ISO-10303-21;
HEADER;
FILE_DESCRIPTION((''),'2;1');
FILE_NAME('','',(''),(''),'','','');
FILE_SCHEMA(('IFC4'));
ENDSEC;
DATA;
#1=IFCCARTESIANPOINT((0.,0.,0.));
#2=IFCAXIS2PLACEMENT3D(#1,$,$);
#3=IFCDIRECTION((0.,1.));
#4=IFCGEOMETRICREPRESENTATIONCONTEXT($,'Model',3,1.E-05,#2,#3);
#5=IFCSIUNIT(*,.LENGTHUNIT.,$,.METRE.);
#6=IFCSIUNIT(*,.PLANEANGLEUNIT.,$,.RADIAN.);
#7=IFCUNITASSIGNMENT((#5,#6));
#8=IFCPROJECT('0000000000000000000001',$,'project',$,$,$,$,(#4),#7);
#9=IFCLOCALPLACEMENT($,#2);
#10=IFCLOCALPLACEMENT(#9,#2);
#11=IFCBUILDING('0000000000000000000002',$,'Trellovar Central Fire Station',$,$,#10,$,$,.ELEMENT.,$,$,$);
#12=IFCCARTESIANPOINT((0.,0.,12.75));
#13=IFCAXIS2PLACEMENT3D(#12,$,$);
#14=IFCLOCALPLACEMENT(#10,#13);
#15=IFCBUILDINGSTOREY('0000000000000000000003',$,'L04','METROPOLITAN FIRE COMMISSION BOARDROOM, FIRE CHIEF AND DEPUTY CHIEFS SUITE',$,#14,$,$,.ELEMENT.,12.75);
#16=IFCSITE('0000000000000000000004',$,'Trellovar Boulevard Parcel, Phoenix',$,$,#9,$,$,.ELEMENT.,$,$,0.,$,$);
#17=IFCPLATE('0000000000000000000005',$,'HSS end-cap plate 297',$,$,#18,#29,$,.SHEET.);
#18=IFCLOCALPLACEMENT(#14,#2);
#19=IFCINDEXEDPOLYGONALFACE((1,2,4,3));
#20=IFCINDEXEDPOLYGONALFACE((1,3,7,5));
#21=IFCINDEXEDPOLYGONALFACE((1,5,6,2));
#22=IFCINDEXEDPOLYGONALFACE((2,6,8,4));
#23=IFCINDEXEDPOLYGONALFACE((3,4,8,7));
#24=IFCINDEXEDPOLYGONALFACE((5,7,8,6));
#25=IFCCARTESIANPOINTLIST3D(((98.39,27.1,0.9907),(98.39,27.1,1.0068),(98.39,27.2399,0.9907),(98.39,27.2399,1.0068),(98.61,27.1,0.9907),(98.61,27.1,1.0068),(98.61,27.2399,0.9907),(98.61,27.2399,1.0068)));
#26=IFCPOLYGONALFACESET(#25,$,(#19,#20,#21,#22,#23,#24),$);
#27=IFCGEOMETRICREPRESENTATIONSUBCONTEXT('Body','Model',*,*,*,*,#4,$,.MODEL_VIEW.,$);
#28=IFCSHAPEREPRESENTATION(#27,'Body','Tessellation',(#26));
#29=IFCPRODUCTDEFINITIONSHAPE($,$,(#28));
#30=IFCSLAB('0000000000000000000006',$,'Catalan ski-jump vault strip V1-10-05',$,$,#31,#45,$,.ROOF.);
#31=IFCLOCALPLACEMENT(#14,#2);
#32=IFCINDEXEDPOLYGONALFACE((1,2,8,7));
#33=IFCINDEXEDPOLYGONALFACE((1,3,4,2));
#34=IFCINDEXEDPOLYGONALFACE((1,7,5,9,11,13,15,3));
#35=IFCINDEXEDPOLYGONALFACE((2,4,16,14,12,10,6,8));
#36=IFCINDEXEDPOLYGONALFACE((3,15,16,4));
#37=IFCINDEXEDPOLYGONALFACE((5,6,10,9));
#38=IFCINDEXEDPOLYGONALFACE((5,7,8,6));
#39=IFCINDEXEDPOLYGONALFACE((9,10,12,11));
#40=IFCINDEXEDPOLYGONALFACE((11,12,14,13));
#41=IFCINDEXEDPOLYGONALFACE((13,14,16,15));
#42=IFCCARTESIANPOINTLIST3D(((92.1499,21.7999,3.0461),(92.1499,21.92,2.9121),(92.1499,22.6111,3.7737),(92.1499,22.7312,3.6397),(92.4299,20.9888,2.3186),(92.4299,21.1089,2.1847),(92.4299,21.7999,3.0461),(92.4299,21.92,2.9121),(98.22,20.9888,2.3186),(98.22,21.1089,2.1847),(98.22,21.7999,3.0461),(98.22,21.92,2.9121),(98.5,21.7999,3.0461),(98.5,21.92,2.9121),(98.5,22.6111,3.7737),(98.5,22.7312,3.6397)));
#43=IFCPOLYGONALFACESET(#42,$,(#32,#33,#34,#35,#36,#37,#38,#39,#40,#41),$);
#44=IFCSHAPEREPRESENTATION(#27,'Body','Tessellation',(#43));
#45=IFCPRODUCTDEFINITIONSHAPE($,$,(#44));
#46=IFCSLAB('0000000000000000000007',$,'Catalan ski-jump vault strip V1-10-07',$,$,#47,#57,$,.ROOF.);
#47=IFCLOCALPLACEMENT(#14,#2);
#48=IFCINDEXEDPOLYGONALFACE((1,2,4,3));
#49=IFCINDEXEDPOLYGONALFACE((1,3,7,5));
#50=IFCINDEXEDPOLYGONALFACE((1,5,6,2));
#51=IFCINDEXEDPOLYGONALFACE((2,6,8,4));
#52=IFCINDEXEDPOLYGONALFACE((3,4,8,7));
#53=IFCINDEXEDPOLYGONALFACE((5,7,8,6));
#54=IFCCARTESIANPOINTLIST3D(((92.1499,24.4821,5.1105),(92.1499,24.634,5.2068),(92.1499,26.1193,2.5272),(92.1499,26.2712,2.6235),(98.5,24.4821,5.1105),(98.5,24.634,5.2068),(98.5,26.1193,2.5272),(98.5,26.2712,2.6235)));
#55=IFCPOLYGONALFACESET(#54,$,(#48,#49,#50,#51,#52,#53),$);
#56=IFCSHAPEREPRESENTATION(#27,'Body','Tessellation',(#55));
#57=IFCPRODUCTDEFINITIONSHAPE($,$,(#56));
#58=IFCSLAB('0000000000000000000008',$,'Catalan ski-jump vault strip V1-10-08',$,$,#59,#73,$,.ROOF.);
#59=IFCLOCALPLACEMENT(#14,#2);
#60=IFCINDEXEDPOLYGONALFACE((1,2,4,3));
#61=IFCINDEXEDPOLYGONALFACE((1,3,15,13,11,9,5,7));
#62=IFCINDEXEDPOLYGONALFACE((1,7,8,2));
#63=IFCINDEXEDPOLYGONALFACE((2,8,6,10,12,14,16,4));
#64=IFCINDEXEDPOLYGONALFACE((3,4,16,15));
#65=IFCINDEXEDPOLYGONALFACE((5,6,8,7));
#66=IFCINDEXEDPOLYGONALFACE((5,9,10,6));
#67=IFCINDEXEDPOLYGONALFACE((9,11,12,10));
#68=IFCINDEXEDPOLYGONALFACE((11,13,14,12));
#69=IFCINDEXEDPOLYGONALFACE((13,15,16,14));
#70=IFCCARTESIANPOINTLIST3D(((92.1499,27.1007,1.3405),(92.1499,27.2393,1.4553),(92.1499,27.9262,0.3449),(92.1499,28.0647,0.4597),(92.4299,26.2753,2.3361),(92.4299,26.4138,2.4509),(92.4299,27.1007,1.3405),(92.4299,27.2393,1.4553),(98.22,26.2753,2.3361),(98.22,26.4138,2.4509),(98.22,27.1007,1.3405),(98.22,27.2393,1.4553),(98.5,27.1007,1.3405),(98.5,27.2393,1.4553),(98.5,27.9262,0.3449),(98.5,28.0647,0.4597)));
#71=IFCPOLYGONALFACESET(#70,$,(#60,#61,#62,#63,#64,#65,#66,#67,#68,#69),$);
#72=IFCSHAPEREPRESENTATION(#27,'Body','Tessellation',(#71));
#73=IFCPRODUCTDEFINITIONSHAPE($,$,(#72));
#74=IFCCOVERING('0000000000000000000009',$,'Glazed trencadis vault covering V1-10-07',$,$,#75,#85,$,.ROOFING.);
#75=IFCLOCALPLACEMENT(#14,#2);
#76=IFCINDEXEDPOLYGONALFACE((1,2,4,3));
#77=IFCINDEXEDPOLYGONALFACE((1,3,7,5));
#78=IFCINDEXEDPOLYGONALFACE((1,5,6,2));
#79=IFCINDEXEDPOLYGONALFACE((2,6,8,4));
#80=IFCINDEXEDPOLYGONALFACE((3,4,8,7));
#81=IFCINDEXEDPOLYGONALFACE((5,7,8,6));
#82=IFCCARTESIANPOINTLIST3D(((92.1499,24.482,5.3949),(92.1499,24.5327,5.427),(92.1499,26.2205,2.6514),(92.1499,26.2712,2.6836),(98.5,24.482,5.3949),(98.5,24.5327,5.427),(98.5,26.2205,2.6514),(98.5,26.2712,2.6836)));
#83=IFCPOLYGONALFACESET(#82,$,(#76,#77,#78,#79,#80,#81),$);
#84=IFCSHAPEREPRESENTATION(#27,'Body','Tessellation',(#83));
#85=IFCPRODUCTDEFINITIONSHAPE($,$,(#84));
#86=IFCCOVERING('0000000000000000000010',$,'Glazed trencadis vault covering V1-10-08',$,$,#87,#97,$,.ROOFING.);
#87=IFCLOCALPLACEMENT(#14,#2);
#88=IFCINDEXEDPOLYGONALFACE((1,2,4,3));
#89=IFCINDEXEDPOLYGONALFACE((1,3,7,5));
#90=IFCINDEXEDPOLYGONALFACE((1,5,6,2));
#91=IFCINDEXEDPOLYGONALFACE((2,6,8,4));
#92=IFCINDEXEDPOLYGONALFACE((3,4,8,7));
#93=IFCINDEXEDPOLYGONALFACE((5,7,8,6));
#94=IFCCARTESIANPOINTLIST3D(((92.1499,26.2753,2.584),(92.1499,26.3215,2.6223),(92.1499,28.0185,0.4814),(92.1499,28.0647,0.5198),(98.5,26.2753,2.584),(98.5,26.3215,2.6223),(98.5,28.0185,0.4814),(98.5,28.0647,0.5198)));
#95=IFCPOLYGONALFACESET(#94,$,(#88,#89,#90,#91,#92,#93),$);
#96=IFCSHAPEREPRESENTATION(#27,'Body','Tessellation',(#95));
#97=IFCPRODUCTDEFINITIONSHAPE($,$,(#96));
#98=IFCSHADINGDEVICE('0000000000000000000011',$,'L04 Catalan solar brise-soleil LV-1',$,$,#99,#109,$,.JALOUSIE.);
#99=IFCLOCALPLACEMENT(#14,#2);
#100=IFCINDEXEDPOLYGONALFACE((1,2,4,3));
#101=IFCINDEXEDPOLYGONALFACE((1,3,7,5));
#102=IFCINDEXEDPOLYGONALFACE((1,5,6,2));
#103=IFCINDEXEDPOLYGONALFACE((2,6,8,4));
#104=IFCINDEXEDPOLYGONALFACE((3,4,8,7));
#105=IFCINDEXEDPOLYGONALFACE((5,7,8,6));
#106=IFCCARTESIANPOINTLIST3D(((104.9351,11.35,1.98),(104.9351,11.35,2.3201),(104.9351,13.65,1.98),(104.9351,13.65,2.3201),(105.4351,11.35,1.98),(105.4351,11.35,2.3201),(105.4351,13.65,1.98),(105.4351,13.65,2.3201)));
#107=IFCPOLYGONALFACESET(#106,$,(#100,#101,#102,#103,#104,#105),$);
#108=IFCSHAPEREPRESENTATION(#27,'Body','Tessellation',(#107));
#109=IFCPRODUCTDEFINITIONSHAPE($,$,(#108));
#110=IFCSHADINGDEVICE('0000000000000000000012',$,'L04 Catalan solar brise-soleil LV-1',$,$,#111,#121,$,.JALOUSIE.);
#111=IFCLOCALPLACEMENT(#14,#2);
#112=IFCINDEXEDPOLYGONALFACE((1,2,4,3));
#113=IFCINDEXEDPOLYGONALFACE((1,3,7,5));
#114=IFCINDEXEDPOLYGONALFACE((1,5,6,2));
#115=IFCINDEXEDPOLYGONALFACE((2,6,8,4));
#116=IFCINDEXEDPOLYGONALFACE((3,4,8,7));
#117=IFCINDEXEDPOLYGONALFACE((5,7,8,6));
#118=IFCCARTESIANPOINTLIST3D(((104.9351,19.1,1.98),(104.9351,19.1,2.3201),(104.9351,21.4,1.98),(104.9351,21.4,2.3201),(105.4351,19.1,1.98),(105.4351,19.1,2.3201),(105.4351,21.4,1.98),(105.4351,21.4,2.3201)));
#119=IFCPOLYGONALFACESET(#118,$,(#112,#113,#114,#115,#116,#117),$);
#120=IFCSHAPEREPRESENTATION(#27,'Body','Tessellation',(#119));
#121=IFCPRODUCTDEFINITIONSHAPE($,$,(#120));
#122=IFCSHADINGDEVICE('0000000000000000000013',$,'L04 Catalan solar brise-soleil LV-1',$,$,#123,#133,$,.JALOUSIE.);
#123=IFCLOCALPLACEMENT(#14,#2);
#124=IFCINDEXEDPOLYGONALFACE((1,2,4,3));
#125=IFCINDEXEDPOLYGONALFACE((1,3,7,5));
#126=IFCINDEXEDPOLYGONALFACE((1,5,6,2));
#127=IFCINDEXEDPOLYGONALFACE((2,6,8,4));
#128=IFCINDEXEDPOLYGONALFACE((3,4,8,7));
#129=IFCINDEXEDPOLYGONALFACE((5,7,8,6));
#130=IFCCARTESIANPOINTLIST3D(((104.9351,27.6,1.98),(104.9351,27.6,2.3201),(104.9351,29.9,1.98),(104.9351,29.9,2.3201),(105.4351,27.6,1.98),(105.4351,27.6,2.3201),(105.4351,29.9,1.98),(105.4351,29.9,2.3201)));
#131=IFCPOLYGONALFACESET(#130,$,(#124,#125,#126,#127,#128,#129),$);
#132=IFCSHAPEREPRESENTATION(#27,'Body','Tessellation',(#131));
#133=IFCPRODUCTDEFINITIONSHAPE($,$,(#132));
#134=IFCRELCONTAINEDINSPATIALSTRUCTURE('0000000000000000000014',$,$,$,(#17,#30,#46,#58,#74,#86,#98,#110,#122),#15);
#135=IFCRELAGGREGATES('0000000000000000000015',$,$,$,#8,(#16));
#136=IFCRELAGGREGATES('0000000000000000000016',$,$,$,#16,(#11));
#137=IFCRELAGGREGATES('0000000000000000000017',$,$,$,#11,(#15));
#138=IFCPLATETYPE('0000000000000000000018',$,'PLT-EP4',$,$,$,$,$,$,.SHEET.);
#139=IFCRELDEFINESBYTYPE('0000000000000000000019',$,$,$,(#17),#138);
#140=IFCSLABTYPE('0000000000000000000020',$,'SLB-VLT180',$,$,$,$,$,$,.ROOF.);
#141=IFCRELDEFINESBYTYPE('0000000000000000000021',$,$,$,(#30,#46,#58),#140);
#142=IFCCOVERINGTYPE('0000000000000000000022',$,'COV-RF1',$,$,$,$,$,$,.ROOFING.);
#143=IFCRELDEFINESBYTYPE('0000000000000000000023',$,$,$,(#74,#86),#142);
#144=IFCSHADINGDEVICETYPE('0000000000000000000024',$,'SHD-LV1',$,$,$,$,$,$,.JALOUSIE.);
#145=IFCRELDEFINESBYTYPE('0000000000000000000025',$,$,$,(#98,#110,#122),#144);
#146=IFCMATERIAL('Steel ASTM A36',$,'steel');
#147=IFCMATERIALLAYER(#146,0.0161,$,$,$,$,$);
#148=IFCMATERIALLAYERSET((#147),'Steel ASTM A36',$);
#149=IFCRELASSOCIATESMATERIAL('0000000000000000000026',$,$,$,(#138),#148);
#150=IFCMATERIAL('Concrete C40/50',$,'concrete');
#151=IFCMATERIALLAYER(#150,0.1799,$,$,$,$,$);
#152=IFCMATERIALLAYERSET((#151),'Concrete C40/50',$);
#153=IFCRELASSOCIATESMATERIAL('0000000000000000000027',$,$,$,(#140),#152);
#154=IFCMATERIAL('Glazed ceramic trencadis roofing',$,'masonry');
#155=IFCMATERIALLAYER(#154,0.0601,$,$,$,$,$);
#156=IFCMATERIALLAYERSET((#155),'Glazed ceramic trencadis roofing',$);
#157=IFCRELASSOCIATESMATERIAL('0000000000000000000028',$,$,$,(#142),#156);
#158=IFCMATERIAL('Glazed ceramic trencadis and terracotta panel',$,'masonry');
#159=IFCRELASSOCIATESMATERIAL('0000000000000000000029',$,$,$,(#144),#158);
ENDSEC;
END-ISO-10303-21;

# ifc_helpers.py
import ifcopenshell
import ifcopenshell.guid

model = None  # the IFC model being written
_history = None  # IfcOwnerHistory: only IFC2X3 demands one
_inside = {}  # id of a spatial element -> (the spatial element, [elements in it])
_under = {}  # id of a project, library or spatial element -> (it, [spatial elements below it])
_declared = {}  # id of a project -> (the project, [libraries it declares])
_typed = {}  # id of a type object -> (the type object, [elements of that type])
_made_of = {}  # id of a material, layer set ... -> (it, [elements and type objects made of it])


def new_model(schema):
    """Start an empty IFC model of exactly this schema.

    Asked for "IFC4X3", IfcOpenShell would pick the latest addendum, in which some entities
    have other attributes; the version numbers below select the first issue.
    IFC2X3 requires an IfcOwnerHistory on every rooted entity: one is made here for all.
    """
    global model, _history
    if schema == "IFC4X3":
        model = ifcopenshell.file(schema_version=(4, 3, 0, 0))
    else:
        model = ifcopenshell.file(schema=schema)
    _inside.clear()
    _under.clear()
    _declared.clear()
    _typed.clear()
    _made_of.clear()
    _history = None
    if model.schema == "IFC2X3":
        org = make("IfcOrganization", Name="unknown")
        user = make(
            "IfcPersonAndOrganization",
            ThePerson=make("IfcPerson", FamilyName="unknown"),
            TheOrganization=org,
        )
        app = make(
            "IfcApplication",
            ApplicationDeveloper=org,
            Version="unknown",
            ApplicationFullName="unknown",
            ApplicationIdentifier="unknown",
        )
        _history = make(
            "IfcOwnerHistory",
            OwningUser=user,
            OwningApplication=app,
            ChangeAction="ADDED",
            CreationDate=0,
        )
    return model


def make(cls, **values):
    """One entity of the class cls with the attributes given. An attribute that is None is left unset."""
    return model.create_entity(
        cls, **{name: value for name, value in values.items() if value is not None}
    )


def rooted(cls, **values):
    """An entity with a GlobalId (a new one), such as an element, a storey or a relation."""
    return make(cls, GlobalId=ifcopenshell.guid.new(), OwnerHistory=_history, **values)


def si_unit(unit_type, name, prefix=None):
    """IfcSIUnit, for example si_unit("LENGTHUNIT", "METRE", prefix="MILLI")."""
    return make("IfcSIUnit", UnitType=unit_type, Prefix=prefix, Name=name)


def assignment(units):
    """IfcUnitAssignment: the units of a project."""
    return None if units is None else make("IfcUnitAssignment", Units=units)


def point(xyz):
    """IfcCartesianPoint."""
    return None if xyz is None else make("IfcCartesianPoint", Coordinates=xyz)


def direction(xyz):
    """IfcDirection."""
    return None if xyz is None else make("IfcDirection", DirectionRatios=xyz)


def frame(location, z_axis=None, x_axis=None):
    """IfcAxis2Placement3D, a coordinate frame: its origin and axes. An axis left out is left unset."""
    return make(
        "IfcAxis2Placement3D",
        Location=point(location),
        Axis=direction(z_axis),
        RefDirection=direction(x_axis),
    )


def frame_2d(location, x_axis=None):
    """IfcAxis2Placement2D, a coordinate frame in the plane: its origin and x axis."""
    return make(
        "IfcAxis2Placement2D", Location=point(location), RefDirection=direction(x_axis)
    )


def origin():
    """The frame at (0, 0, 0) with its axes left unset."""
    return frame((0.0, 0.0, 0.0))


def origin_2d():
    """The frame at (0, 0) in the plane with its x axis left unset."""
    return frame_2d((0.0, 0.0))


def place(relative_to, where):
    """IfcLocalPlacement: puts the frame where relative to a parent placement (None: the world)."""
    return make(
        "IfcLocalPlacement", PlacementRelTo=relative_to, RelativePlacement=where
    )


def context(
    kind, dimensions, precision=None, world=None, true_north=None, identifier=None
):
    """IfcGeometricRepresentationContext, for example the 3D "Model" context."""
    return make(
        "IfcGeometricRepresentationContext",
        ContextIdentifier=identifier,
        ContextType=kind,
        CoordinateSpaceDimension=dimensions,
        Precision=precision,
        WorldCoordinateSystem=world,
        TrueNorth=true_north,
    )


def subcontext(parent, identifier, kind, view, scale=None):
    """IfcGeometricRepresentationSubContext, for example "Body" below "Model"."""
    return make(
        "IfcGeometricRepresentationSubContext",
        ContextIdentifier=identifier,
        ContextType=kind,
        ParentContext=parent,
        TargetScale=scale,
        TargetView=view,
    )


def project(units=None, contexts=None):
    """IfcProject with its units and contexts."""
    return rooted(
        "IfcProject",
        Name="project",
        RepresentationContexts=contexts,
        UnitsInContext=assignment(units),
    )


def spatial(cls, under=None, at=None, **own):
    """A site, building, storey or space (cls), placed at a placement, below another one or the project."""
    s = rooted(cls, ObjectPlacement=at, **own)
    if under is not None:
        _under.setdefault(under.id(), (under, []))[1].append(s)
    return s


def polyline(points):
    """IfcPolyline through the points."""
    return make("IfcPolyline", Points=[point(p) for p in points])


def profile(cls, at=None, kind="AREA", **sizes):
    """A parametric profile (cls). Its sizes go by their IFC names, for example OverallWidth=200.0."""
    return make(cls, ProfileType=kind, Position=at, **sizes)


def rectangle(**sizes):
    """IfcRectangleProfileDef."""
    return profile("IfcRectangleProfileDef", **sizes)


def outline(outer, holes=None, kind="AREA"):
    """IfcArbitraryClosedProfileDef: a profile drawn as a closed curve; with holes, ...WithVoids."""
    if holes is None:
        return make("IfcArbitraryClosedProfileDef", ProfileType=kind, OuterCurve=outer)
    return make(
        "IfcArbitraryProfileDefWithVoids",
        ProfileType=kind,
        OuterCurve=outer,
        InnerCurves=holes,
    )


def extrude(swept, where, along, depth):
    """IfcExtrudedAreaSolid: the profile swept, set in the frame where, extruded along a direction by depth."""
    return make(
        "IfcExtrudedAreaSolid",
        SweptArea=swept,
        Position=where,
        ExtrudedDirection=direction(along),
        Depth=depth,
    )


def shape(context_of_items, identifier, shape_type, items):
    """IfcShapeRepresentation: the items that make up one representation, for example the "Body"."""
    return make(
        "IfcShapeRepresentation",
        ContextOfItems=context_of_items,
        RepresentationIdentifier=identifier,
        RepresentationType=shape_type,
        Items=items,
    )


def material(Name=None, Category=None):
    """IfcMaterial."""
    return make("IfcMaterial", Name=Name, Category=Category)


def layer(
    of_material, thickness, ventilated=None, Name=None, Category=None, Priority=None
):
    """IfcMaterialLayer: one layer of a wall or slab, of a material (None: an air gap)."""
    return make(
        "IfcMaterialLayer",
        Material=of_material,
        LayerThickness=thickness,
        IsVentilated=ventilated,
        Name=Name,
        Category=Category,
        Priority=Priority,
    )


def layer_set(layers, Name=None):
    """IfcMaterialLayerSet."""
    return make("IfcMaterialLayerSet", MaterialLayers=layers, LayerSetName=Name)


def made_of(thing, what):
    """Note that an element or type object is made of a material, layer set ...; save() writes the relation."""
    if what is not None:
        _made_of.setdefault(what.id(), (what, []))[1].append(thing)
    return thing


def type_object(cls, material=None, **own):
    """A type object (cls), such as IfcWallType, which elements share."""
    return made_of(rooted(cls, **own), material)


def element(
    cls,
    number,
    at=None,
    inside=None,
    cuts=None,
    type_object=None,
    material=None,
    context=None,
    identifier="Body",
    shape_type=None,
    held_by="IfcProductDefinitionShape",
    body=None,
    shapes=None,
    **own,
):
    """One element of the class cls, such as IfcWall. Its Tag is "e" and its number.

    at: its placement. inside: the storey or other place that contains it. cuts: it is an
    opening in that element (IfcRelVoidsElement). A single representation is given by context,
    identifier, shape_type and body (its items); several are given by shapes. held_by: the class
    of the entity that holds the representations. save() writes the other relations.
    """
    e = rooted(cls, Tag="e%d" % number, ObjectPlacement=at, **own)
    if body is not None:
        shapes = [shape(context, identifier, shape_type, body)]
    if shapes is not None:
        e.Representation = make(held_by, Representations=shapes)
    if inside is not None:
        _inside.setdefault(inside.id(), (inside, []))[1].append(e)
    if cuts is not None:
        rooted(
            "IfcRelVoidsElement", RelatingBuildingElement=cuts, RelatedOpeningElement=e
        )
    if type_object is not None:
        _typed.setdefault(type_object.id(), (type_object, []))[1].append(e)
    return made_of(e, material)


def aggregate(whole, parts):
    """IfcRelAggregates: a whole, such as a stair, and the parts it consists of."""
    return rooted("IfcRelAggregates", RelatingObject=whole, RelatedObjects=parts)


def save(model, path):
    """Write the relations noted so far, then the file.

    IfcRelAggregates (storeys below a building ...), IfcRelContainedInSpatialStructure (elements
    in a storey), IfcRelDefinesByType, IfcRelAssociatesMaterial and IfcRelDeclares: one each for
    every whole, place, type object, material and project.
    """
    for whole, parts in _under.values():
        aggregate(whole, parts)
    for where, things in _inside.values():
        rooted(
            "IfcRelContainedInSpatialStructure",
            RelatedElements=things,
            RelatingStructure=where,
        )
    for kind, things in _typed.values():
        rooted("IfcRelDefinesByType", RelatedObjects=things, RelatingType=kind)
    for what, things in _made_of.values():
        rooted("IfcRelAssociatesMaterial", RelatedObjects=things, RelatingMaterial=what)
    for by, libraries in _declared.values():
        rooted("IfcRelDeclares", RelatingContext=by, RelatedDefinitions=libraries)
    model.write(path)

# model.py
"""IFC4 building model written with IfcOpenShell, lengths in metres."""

from ifc_helpers import new_model, si_unit, direction, frame, origin, origin_2d, place, context, subcontext, project, spatial, polyline, rectangle, outline, extrude, material, layer, layer_set, type_object, element, save


model = new_model("IFC4")

# Units and contexts
model_context = context("Model", 3, precision=1e-05, world=origin(), true_north=direction((0.0, 1.0)))
body_context = subcontext(model_context, "Body", "Model", "MODEL_VIEW")
ifc_project = project(units=[si_unit("LENGTHUNIT", "METRE"), si_unit("PLANEANGLEUNIT", "RADIAN")], contexts=[model_context])

# Site, building, storey
site_placement = place(None, origin())
site = spatial("IfcSite", under=ifc_project, at=site_placement, Name="Trellovar Boulevard Parcel, Phoenix", CompositionType="ELEMENT", RefElevation=0.0)
building_placement = place(site_placement, origin())
building = spatial("IfcBuilding", under=site, at=building_placement, Name="Trellovar Central Fire Station", CompositionType="ELEMENT")
storey_placement = place(building_placement, frame((0.0, 0.0, 12.75)))
storey = spatial("IfcBuildingStorey", under=building, at=storey_placement, Name="L04", Description="METROPOLITAN FIRE COMMISSION BOARDROOM, FIRE CHIEF AND DEPUTY CHIEFS SUITE", CompositionType="ELEMENT", Elevation=12.75)

# Plate
ifc_material_1 = material(Name="Steel ASTM A36", Category="steel")
ifc_layer_1 = layer(ifc_material_1, 0.0161)
ifc_layer_set_1 = layer_set([ifc_layer_1], Name="Steel ASTM A36")
plate_type_1 = type_object("IfcPlateType", Name="PLT-EP4", PredefinedType="SHEET", material=ifc_layer_set_1)
for number, where, z_axis, x_axis, name in (
    (1, (98.5, 27.1699, 0.9907), (0.0, 0.0, 1.0), (1.0, 0.0, 0.0), "HSS end-cap plate 297"),
):
    element("IfcPlate", number, at=place(storey_placement, frame(where, z_axis=z_axis, x_axis=x_axis)), inside=storey, type_object=plate_type_1, Name=name, PredefinedType="SHEET", context=body_context, shape_type="SweptSolid", body=[
        extrude(rectangle(XDim=0.22, YDim=0.1399, at=origin_2d()), origin(), (0.0, 0.0, 1.0), 0.0161),
    ])

# Slabs
ifc_material_2 = material(Name="Concrete C40/50", Category="concrete")
ifc_layer_2 = layer(ifc_material_2, 0.1799)
ifc_layer_set_2 = layer_set([ifc_layer_2], Name="Concrete C40/50")
slab_type = type_object("IfcSlabType", Name="SLB-VLT180", PredefinedType="ROOF", material=ifc_layer_set_2)
slab_1_placement = place(storey_placement, frame((92.4299, 20.9888, 2.3186), z_axis=(0.0, -0.667692, 0.744437), x_axis=(1.0, 0.0, 0.0)))
element("IfcSlab", 2, at=slab_1_placement, inside=storey, type_object=slab_type, Name="Catalan ski-jump vault strip V1-10-05", PredefinedType="ROOF", context=body_context, shape_type="SweptSolid", body=[
    extrude(outline(polyline([(0.0, 0.0), (5.79, 0.0), (5.79, 1.0895), (6.0701, 1.0895), (6.0701, 2.1793), (-0.28, 2.1793), (-0.28, 1.0895), (0.0, 1.0895), (0.0, 0.0)])), origin(), (0.0, 0.0, -1.0), 0.1799),
])
slab_2_placement = place(storey_placement, frame((92.1499, 24.634, 5.2068), z_axis=(0.0, 0.844649, 0.53532), x_axis=(1.0, 0.0, 0.0)))
element("IfcSlab", 3, at=slab_2_placement, inside=storey, type_object=slab_type, Name="Catalan ski-jump vault strip V1-10-07", PredefinedType="ROOF", context=body_context, shape_type="SweptSolid", body=[
    extrude(outline(polyline([(0.0, 0.0), (6.3501, 0.0), (6.3501, 3.0584), (0.0, 3.0584), (0.0, 0.0)])), origin(), (0.0, 0.0, -1.0), 0.1799),
])
slab_3_placement = place(storey_placement, frame((92.4299, 26.4138, 2.4509), z_axis=(0.0, 0.769828, 0.638251), x_axis=(1.0, 0.0, 0.0)))
element("IfcSlab", 4, at=slab_3_placement, inside=storey, type_object=slab_type, Name="Catalan ski-jump vault strip V1-10-08", PredefinedType="ROOF", context=body_context, shape_type="SweptSolid", body=[
    extrude(outline(polyline([(0.0, 0.0), (5.79, 0.0), (5.79, 1.2933), (6.0701, 1.2933), (6.0701, 2.5866), (-0.28, 2.5866), (-0.28, 1.2933), (0.0, 1.2933), (0.0, 0.0)])), origin(), (0.0, 0.0, -1.0), 0.1799),
])

# Coverings
ifc_material_3 = material(Name="Glazed ceramic trencadis roofing", Category="masonry")
ifc_layer_3 = layer(ifc_material_3, 0.0601)
ifc_layer_set_3 = layer_set([ifc_layer_3], Name="Glazed ceramic trencadis roofing")
covering_type = type_object("IfcCoveringType", Name="COV-RF1", PredefinedType="ROOFING", material=ifc_layer_set_3)
covering_1_placement = place(storey_placement, frame((92.1499, 24.5327, 5.427), z_axis=(0.0, 0.844675, 0.535279), x_axis=(1.0, 0.0, 0.0)))
element("IfcCovering", 5, at=covering_1_placement, inside=storey, type_object=covering_type, Name="Glazed trencadis vault covering V1-10-07", PredefinedType="ROOFING", context=body_context, shape_type="SweptSolid", body=[
    extrude(outline(polyline([(0.0, 0.0), (6.3501, 0.0), (6.3501, 3.2479), (0.0, 3.2479), (0.0, 0.0)])), origin(), (0.0, 0.0, -1.0), 0.0601),
])
covering_2_placement = place(storey_placement, frame((92.1499, 26.3215, 2.6223), z_axis=(0.0, 0.769831, 0.638248), x_axis=(1.0, 0.0, 0.0)))
element("IfcCovering", 6, at=covering_2_placement, inside=storey, type_object=covering_type, Name="Glazed trencadis vault covering V1-10-08", PredefinedType="ROOFING", context=body_context, shape_type="SweptSolid", body=[
    extrude(outline(polyline([(0.0, 0.0), (6.3501, 0.0), (6.3501, 2.7312), (0.0, 2.7312), (0.0, 0.0)])), origin(), (0.0, 0.0, -1.0), 0.0601),
])

# Shading devices
ifc_material_4 = material(Name="Glazed ceramic trencadis and terracotta panel", Category="masonry")
shading_device_type = type_object("IfcShadingDeviceType", Name="SHD-LV1", PredefinedType="JALOUSIE", material=ifc_material_4)
for number, where, z_axis, x_axis, name in (
    (7, (105.1851, 12.5, 1.98), (0.0, 0.0, 1.0), (0.0, 1.0, 0.0), "L04 Catalan solar brise-soleil LV-1"),
    (8, (105.1851, 20.25, 1.98), (0.0, 0.0, 1.0), (0.0, 1.0, 0.0), "L04 Catalan solar brise-soleil LV-1"),
    (9, (105.1851, 28.75, 1.98), (0.0, 0.0, 1.0), (0.0, 1.0, 0.0), "L04 Catalan solar brise-soleil LV-1"),
):
    element("IfcShadingDevice", number, at=place(storey_placement, frame(where, z_axis=z_axis, x_axis=x_axis)), inside=storey, type_object=shading_device_type, Name=name, PredefinedType="JALOUSIE", context=body_context, shape_type="SweptSolid", body=[
        extrude(rectangle(XDim=2.3, YDim=0.5, at=origin_2d()), origin(), (0.0, 0.0, 1.0), 0.3401),
    ])

save(model, "model.ifc")
